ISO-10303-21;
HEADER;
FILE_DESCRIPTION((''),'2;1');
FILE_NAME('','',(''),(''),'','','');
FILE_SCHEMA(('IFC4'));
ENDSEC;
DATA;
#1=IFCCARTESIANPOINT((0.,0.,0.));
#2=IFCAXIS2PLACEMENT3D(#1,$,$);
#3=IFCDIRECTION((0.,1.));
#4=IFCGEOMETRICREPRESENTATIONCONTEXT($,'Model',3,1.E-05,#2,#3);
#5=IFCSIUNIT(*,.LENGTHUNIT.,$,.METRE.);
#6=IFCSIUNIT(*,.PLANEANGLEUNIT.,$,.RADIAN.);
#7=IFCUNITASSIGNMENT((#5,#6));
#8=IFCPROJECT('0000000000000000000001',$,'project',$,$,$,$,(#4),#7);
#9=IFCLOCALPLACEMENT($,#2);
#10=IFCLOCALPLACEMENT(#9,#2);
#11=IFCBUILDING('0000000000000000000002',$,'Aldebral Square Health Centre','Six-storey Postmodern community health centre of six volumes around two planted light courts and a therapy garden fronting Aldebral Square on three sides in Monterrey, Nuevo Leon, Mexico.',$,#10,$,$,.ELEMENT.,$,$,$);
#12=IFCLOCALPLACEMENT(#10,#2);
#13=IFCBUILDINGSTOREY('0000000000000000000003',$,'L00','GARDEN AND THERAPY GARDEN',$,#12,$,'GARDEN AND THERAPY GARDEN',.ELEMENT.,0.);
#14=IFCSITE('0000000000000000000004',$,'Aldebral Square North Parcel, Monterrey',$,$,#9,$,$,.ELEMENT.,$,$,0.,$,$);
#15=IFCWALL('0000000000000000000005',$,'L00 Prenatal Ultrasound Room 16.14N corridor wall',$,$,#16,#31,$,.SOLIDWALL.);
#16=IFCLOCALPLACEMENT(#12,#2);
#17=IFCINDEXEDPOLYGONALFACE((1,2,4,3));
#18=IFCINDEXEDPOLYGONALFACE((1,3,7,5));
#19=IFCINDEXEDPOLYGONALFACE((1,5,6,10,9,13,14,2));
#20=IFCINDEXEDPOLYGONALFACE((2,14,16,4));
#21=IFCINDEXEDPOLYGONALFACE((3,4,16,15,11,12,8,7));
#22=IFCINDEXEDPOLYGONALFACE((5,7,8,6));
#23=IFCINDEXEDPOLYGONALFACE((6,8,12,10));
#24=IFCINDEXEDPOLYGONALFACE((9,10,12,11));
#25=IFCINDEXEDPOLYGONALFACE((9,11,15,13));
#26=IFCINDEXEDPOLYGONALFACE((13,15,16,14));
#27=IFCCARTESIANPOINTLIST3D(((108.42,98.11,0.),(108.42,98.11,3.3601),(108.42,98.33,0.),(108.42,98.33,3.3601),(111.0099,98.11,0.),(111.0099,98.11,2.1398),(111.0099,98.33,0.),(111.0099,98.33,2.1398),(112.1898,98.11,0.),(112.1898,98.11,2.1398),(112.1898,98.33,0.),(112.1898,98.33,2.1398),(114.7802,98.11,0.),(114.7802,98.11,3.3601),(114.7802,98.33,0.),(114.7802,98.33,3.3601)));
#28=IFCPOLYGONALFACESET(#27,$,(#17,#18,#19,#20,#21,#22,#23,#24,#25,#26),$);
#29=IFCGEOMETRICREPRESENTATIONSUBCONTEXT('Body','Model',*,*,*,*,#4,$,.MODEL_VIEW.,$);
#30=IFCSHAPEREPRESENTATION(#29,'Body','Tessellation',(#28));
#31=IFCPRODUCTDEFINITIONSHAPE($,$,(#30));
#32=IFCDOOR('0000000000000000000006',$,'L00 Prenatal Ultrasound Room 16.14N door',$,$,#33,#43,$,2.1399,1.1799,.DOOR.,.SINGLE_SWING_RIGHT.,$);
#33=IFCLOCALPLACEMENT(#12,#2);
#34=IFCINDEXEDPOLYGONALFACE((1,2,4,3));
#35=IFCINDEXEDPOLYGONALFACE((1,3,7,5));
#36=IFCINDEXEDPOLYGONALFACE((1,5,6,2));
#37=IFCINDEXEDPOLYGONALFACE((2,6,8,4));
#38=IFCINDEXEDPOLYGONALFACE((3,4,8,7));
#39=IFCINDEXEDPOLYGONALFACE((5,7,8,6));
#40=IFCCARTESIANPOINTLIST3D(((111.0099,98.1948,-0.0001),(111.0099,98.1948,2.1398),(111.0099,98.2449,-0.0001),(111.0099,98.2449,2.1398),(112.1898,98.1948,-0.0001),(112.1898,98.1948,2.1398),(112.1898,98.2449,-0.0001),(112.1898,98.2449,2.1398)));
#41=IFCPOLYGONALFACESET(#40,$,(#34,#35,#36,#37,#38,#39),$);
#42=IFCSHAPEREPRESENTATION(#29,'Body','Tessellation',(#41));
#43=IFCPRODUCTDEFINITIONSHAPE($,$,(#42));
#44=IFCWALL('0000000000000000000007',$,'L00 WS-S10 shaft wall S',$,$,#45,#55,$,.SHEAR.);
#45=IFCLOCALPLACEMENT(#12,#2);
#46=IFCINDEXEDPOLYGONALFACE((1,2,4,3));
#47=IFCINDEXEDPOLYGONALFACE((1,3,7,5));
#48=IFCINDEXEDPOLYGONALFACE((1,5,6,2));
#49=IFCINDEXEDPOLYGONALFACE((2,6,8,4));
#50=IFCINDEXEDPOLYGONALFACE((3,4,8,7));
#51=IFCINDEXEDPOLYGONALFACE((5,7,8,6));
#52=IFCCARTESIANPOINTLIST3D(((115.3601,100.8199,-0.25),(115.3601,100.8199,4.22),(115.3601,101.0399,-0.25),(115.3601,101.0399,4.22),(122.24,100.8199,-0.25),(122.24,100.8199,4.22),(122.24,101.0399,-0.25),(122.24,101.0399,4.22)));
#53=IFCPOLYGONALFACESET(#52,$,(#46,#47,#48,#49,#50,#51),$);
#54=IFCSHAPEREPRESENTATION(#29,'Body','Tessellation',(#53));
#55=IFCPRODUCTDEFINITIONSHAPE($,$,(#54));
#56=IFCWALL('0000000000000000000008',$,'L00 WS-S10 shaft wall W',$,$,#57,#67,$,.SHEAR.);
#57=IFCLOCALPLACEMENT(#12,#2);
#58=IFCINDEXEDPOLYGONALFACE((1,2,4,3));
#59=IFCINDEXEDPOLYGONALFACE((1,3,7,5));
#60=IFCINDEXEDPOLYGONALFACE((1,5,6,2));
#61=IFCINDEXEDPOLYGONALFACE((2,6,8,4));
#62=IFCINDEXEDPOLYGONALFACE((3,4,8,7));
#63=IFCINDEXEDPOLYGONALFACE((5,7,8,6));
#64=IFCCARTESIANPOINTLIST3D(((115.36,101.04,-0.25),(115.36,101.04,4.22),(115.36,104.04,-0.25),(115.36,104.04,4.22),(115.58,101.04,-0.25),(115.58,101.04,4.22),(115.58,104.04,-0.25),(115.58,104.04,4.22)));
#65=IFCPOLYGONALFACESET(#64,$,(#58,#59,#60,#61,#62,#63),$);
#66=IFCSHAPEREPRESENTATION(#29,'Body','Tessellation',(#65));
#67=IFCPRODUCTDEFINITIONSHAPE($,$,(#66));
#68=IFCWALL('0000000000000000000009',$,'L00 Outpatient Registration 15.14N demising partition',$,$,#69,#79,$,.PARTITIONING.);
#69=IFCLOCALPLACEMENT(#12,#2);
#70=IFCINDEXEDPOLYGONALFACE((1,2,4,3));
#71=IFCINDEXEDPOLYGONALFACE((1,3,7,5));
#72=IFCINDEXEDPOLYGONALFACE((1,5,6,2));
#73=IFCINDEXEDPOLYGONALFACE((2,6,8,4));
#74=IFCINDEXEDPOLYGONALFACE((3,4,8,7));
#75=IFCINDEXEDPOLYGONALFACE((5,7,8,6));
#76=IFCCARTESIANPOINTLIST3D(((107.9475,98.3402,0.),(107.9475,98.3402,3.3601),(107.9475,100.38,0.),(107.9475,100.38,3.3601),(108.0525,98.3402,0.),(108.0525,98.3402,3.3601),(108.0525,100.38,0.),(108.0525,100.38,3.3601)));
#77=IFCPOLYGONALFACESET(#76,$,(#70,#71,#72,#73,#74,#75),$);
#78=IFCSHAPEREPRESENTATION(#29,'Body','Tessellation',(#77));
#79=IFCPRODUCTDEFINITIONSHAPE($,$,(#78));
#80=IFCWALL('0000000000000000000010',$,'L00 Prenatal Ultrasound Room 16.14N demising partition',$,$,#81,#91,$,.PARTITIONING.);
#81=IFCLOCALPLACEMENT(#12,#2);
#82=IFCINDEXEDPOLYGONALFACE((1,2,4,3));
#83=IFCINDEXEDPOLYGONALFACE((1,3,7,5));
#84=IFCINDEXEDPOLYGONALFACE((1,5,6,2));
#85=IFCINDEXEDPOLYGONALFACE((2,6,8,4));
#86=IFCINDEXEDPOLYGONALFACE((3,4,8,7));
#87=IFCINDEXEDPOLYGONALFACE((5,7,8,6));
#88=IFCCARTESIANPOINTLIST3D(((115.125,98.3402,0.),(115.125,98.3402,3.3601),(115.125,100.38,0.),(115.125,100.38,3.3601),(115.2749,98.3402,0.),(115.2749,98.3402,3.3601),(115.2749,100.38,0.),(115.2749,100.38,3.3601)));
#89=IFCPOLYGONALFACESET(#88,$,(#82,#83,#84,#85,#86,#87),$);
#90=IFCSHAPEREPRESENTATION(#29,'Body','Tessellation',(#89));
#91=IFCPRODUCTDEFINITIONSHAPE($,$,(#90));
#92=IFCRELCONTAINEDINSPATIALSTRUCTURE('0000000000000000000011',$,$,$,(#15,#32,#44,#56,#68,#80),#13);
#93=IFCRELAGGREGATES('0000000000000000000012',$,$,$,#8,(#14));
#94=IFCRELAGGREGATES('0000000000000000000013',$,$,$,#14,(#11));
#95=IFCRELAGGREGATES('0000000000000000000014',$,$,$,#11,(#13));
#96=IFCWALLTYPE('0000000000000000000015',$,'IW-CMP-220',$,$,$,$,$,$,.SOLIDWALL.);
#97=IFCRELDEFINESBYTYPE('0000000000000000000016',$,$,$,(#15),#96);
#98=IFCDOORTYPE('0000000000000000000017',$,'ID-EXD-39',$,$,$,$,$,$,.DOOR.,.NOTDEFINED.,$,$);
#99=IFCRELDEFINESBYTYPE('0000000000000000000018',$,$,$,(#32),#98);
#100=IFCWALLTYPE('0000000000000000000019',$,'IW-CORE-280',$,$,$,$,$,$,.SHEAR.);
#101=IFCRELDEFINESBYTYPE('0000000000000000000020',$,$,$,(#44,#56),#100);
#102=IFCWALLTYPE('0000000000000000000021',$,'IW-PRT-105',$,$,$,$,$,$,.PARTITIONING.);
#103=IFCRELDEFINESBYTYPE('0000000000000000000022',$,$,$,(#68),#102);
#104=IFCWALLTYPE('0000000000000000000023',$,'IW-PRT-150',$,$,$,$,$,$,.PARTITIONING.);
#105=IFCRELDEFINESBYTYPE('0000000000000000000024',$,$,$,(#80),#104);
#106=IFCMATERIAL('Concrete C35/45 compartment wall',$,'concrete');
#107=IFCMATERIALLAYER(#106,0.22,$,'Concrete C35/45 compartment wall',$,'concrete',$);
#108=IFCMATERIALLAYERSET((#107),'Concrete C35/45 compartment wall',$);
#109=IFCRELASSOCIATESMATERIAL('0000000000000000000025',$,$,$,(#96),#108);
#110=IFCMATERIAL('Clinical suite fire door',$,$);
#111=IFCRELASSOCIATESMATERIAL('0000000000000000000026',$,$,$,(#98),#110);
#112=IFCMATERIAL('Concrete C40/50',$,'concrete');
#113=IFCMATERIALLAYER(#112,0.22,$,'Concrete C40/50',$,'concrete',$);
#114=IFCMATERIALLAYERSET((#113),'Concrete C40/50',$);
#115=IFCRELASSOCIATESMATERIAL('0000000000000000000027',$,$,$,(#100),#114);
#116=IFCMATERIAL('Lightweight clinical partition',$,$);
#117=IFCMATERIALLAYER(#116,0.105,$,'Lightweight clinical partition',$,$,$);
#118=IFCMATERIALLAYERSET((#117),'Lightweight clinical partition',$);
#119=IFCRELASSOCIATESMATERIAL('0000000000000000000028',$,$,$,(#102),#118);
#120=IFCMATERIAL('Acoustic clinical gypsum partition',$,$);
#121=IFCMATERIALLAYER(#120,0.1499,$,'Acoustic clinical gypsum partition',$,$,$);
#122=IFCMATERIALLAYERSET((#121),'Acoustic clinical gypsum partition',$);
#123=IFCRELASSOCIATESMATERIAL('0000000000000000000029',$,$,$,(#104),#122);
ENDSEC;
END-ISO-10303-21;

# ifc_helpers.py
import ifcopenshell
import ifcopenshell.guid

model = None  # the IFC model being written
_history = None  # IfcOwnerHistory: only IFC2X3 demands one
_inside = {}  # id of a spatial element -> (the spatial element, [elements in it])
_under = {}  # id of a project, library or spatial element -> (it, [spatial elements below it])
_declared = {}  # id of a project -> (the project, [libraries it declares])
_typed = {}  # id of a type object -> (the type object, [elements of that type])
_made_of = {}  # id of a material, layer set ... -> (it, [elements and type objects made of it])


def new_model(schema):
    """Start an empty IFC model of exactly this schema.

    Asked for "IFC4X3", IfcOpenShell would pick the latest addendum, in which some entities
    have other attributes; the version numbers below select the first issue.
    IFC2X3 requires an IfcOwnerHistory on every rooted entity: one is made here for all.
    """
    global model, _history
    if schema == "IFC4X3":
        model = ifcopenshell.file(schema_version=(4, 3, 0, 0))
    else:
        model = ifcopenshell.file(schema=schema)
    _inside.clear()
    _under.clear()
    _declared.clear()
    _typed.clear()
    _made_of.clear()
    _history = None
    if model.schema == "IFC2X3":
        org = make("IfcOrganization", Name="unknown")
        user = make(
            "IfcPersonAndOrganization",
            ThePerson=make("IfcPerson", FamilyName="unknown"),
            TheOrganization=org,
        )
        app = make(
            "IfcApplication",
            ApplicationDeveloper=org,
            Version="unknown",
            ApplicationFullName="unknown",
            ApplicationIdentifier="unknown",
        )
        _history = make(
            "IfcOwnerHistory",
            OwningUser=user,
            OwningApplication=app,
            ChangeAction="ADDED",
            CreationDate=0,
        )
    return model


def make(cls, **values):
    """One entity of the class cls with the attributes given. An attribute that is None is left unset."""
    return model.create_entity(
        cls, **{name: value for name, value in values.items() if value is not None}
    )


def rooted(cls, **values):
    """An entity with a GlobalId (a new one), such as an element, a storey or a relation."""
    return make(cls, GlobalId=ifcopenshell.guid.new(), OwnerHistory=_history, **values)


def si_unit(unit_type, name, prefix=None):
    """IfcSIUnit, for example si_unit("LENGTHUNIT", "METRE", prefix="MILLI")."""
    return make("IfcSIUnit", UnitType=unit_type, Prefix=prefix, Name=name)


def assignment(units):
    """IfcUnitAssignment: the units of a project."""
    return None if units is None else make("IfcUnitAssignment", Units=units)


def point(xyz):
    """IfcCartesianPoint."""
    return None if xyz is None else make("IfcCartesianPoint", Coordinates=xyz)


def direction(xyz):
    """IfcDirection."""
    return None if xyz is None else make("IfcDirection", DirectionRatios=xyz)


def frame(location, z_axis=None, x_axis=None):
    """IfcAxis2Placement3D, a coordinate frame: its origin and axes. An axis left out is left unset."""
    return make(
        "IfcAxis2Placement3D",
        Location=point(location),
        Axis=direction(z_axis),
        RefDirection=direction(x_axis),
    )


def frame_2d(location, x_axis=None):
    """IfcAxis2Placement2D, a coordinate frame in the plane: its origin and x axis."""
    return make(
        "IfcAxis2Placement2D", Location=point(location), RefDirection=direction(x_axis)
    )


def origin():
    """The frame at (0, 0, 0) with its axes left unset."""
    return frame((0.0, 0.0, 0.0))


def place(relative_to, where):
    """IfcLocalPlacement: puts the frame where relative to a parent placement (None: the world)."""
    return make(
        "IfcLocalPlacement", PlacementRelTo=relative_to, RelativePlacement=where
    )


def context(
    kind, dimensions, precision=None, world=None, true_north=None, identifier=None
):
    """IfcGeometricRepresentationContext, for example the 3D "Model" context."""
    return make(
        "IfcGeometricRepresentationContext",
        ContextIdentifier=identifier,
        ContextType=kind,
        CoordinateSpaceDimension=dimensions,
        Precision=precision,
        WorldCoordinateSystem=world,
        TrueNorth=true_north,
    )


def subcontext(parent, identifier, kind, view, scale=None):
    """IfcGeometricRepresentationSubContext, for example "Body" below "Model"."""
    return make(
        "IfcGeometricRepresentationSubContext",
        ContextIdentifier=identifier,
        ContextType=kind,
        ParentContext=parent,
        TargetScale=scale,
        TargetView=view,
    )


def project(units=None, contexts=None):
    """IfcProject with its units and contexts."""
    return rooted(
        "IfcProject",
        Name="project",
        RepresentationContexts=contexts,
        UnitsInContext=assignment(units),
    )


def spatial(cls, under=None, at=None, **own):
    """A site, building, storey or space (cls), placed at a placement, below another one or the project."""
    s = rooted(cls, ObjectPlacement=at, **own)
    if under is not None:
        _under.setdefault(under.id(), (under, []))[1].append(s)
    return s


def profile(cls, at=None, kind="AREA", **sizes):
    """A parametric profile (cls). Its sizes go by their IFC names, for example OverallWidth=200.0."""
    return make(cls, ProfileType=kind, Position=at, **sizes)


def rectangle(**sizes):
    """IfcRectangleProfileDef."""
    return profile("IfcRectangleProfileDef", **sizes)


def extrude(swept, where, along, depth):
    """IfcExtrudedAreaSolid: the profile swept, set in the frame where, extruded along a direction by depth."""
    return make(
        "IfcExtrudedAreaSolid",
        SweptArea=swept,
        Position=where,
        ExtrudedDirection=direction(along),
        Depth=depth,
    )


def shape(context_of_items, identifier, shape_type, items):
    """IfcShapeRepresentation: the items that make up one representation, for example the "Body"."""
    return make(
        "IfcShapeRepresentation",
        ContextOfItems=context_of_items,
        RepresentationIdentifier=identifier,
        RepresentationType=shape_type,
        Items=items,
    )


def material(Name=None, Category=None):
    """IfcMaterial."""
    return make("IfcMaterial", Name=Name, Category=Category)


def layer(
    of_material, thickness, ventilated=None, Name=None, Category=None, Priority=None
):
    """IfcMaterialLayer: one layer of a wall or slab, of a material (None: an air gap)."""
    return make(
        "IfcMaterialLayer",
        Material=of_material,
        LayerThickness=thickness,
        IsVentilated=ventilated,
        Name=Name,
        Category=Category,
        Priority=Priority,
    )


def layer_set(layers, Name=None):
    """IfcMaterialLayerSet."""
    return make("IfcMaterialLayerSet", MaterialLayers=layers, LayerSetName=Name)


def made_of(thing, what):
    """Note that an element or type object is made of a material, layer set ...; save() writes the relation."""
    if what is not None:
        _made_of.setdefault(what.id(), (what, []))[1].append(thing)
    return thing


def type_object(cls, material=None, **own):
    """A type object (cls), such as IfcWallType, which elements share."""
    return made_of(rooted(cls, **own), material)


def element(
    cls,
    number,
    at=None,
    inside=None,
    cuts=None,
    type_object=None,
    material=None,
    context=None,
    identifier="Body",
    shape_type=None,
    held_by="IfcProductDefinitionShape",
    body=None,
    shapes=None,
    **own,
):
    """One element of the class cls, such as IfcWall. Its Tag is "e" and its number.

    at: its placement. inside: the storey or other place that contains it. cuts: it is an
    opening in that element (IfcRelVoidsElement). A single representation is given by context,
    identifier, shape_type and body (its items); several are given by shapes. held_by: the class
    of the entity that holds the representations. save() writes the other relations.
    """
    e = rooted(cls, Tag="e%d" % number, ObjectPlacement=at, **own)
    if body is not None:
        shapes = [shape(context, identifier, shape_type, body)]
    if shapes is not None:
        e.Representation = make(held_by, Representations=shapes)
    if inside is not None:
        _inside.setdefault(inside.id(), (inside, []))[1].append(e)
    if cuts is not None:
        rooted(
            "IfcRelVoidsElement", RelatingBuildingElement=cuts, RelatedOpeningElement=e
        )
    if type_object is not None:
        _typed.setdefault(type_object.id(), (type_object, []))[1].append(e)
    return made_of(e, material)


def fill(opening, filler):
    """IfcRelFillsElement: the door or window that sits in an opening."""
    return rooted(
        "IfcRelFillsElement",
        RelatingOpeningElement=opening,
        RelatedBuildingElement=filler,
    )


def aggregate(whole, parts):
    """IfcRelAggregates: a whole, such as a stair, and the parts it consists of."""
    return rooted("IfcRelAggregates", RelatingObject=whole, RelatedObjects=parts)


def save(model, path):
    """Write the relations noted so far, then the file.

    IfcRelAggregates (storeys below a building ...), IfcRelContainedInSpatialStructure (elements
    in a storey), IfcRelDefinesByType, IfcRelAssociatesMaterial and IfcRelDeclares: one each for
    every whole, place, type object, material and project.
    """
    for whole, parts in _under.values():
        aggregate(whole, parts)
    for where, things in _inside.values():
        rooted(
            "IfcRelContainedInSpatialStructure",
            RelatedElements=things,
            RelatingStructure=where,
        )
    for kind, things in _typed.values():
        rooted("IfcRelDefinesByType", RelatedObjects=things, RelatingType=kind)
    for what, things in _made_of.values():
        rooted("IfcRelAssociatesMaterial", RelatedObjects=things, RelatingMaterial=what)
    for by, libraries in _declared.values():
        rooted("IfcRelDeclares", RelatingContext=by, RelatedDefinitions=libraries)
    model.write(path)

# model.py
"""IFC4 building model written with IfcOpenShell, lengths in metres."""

from ifc_helpers import new_model, si_unit, direction, frame, frame_2d, origin, place, context, subcontext, project, spatial, rectangle, extrude, material, layer, layer_set, type_object, element, fill, save


model = new_model("IFC4")

# Units and contexts
model_context = context("Model", 3, precision=1e-05, world=origin(), true_north=direction((0.0, 1.0)))
body_context = subcontext(model_context, "Body", "Model", "MODEL_VIEW")
ifc_project = project(units=[si_unit("LENGTHUNIT", "METRE"), si_unit("PLANEANGLEUNIT", "RADIAN")], contexts=[model_context])

# Site, building, storey
site_placement = place(None, origin())
site = spatial("IfcSite", under=ifc_project, at=site_placement, Name="Aldebral Square North Parcel, Monterrey", CompositionType="ELEMENT", RefElevation=0.0)
building_placement = place(site_placement, origin())
building = spatial("IfcBuilding", under=site, at=building_placement, Name="Aldebral Square Health Centre", Description="Six-storey Postmodern community health centre of six volumes around two planted light courts and a therapy garden fronting Aldebral Square on three sides in Monterrey, Nuevo Leon, Mexico.", CompositionType="ELEMENT")
storey_placement = place(building_placement, origin())
storey = spatial("IfcBuildingStorey", under=building, at=storey_placement, Name="L00", Description="GARDEN AND THERAPY GARDEN", LongName="GARDEN AND THERAPY GARDEN", CompositionType="ELEMENT", Elevation=0.0)

# Shared definitions
ifc_material_1 = material(Name="Concrete C40/50", Category="concrete")

# Wall, opening, door
ifc_material_2 = material(Name="Concrete C35/45 compartment wall", Category="concrete")
ifc_layer_1 = layer(ifc_material_2, 0.22, Name="Concrete C35/45 compartment wall", Category="concrete")
ifc_layer_set_1 = layer_set([ifc_layer_1], Name="Concrete C35/45 compartment wall")
wall_type_1 = type_object("IfcWallType", Name="IW-CMP-220", PredefinedType="SOLIDWALL", material=ifc_layer_set_1)
wall_1_placement = place(storey_placement, frame((108.4199, 98.22, 0.0), z_axis=(0.0, 0.0, 1.0), x_axis=(1.0, 0.0, 0.0)))
wall_1 = element("IfcWall", 1, at=wall_1_placement, inside=storey, type_object=wall_type_1, Name="L00 Prenatal Ultrasound Room 16.14N corridor wall", PredefinedType="SOLIDWALL", context=body_context, shape_type="SweptSolid", body=[
    extrude(rectangle(XDim=6.3601, YDim=0.22, at=frame_2d((3.1802, 0.0))), origin(), (0.0, 0.0, 1.0), 3.3601),
])
opening_placement = place(wall_1_placement, frame((2.5901, 0.0, 0.0)))
opening = element("IfcOpeningElement", 2, at=opening_placement, cuts=wall_1, PredefinedType="OPENING", context=body_context, shape_type="SweptSolid", body=[
    extrude(rectangle(XDim=1.1799, YDim=2.1399, at=frame_2d((0.5898, 1.0698))), frame((0.0, 0.1201, 0.0), z_axis=(0.0, -1.0, 0.0), x_axis=(1.0, 0.0, 0.0)), (0.0, 0.0, 1.0), 0.24),
])
ifc_material_3 = material(Name="Clinical suite fire door")
door_type = type_object("IfcDoorType", Name="ID-EXD-39", OperationType="NOTDEFINED", PredefinedType="DOOR", material=ifc_material_3)
door_placement = place(opening_placement, origin())
door = element("IfcDoor", 3, at=door_placement, inside=storey, type_object=door_type, Name="L00 Prenatal Ultrasound Room 16.14N door", OperationType="SINGLE_SWING_RIGHT", OverallHeight=2.1399, OverallWidth=1.1799, PredefinedType="DOOR", context=body_context, shape_type="SweptSolid", body=[
    extrude(rectangle(XDim=1.1799, YDim=2.1399, at=frame_2d((0.5898, 1.0698))), frame((0.0, 0.0249, 0.0), z_axis=(0.0, -1.0, 0.0), x_axis=(1.0, 0.0, 0.0)), (0.0, 0.0, 1.0), 0.05),
])
fill(opening, door)

# Walls
ifc_layer_2 = layer(ifc_material_1, 0.22, Name="Concrete C40/50", Category="concrete")
ifc_layer_set_2 = layer_set([ifc_layer_2], Name="Concrete C40/50")
wall_type_2 = type_object("IfcWallType", Name="IW-CORE-280", PredefinedType="SHEAR", material=ifc_layer_set_2)
wall_2_placement = place(storey_placement, frame((115.3601, 100.9299, -0.25), z_axis=(0.0, 0.0, 1.0), x_axis=(1.0, 0.0, 0.0)))
element("IfcWall", 4, at=wall_2_placement, inside=storey, type_object=wall_type_2, Name="L00 WS-S10 shaft wall S", PredefinedType="SHEAR", context=body_context, shape_type="SweptSolid", body=[
    extrude(rectangle(XDim=6.8799, YDim=0.22, at=frame_2d((3.4399, 0.0))), origin(), (0.0, 0.0, 1.0), 4.47),
])
wall_3_placement = place(storey_placement, frame((115.47, 101.04, -0.25), z_axis=(0.0, 0.0, 1.0), x_axis=(0.0, 1.0, 0.0)))
element("IfcWall", 5, at=wall_3_placement, inside=storey, type_object=wall_type_2, Name="L00 WS-S10 shaft wall W", PredefinedType="SHEAR", context=body_context, shape_type="SweptSolid", body=[
    extrude(rectangle(XDim=3.0, YDim=0.22, at=frame_2d((1.5, 0.0))), origin(), (0.0, 0.0, 1.0), 4.47),
])
ifc_material_4 = material(Name="Lightweight clinical partition")
ifc_layer_3 = layer(ifc_material_4, 0.105, Name="Lightweight clinical partition")
ifc_layer_set_3 = layer_set([ifc_layer_3], Name="Lightweight clinical partition")
wall_type_3 = type_object("IfcWallType", Name="IW-PRT-105", PredefinedType="PARTITIONING", material=ifc_layer_set_3)
wall_4_placement = place(storey_placement, frame((108.0, 98.3401, 0.0), z_axis=(0.0, 0.0, 1.0), x_axis=(0.0, 1.0, 0.0)))
element("IfcWall", 6, at=wall_4_placement, inside=storey, type_object=wall_type_3, Name="L00 Outpatient Registration 15.14N demising partition", PredefinedType="PARTITIONING", context=body_context, shape_type="SweptSolid", body=[
    extrude(rectangle(XDim=2.0398, YDim=0.105, at=frame_2d((1.02, 0.0))), origin(), (0.0, 0.0, 1.0), 3.3601),
])
ifc_material_5 = material(Name="Acoustic clinical gypsum partition")
ifc_layer_4 = layer(ifc_material_5, 0.1499, Name="Acoustic clinical gypsum partition")
ifc_layer_set_4 = layer_set([ifc_layer_4], Name="Acoustic clinical gypsum partition")
wall_type_4 = type_object("IfcWallType", Name="IW-PRT-150", PredefinedType="PARTITIONING", material=ifc_layer_set_4)
wall_5_placement = place(storey_placement, frame((115.2, 98.3401, 0.0), z_axis=(0.0, 0.0, 1.0), x_axis=(0.0, 1.0, 0.0)))
element("IfcWall", 7, at=wall_5_placement, inside=storey, type_object=wall_type_4, Name="L00 Prenatal Ultrasound Room 16.14N demising partition", PredefinedType="PARTITIONING", context=body_context, shape_type="SweptSolid", body=[
    extrude(rectangle(XDim=2.0398, YDim=0.1499, at=frame_2d((1.02, 0.0))), origin(), (0.0, 0.0, 1.0), 3.3601),
])

save(model, "model.ifc")
